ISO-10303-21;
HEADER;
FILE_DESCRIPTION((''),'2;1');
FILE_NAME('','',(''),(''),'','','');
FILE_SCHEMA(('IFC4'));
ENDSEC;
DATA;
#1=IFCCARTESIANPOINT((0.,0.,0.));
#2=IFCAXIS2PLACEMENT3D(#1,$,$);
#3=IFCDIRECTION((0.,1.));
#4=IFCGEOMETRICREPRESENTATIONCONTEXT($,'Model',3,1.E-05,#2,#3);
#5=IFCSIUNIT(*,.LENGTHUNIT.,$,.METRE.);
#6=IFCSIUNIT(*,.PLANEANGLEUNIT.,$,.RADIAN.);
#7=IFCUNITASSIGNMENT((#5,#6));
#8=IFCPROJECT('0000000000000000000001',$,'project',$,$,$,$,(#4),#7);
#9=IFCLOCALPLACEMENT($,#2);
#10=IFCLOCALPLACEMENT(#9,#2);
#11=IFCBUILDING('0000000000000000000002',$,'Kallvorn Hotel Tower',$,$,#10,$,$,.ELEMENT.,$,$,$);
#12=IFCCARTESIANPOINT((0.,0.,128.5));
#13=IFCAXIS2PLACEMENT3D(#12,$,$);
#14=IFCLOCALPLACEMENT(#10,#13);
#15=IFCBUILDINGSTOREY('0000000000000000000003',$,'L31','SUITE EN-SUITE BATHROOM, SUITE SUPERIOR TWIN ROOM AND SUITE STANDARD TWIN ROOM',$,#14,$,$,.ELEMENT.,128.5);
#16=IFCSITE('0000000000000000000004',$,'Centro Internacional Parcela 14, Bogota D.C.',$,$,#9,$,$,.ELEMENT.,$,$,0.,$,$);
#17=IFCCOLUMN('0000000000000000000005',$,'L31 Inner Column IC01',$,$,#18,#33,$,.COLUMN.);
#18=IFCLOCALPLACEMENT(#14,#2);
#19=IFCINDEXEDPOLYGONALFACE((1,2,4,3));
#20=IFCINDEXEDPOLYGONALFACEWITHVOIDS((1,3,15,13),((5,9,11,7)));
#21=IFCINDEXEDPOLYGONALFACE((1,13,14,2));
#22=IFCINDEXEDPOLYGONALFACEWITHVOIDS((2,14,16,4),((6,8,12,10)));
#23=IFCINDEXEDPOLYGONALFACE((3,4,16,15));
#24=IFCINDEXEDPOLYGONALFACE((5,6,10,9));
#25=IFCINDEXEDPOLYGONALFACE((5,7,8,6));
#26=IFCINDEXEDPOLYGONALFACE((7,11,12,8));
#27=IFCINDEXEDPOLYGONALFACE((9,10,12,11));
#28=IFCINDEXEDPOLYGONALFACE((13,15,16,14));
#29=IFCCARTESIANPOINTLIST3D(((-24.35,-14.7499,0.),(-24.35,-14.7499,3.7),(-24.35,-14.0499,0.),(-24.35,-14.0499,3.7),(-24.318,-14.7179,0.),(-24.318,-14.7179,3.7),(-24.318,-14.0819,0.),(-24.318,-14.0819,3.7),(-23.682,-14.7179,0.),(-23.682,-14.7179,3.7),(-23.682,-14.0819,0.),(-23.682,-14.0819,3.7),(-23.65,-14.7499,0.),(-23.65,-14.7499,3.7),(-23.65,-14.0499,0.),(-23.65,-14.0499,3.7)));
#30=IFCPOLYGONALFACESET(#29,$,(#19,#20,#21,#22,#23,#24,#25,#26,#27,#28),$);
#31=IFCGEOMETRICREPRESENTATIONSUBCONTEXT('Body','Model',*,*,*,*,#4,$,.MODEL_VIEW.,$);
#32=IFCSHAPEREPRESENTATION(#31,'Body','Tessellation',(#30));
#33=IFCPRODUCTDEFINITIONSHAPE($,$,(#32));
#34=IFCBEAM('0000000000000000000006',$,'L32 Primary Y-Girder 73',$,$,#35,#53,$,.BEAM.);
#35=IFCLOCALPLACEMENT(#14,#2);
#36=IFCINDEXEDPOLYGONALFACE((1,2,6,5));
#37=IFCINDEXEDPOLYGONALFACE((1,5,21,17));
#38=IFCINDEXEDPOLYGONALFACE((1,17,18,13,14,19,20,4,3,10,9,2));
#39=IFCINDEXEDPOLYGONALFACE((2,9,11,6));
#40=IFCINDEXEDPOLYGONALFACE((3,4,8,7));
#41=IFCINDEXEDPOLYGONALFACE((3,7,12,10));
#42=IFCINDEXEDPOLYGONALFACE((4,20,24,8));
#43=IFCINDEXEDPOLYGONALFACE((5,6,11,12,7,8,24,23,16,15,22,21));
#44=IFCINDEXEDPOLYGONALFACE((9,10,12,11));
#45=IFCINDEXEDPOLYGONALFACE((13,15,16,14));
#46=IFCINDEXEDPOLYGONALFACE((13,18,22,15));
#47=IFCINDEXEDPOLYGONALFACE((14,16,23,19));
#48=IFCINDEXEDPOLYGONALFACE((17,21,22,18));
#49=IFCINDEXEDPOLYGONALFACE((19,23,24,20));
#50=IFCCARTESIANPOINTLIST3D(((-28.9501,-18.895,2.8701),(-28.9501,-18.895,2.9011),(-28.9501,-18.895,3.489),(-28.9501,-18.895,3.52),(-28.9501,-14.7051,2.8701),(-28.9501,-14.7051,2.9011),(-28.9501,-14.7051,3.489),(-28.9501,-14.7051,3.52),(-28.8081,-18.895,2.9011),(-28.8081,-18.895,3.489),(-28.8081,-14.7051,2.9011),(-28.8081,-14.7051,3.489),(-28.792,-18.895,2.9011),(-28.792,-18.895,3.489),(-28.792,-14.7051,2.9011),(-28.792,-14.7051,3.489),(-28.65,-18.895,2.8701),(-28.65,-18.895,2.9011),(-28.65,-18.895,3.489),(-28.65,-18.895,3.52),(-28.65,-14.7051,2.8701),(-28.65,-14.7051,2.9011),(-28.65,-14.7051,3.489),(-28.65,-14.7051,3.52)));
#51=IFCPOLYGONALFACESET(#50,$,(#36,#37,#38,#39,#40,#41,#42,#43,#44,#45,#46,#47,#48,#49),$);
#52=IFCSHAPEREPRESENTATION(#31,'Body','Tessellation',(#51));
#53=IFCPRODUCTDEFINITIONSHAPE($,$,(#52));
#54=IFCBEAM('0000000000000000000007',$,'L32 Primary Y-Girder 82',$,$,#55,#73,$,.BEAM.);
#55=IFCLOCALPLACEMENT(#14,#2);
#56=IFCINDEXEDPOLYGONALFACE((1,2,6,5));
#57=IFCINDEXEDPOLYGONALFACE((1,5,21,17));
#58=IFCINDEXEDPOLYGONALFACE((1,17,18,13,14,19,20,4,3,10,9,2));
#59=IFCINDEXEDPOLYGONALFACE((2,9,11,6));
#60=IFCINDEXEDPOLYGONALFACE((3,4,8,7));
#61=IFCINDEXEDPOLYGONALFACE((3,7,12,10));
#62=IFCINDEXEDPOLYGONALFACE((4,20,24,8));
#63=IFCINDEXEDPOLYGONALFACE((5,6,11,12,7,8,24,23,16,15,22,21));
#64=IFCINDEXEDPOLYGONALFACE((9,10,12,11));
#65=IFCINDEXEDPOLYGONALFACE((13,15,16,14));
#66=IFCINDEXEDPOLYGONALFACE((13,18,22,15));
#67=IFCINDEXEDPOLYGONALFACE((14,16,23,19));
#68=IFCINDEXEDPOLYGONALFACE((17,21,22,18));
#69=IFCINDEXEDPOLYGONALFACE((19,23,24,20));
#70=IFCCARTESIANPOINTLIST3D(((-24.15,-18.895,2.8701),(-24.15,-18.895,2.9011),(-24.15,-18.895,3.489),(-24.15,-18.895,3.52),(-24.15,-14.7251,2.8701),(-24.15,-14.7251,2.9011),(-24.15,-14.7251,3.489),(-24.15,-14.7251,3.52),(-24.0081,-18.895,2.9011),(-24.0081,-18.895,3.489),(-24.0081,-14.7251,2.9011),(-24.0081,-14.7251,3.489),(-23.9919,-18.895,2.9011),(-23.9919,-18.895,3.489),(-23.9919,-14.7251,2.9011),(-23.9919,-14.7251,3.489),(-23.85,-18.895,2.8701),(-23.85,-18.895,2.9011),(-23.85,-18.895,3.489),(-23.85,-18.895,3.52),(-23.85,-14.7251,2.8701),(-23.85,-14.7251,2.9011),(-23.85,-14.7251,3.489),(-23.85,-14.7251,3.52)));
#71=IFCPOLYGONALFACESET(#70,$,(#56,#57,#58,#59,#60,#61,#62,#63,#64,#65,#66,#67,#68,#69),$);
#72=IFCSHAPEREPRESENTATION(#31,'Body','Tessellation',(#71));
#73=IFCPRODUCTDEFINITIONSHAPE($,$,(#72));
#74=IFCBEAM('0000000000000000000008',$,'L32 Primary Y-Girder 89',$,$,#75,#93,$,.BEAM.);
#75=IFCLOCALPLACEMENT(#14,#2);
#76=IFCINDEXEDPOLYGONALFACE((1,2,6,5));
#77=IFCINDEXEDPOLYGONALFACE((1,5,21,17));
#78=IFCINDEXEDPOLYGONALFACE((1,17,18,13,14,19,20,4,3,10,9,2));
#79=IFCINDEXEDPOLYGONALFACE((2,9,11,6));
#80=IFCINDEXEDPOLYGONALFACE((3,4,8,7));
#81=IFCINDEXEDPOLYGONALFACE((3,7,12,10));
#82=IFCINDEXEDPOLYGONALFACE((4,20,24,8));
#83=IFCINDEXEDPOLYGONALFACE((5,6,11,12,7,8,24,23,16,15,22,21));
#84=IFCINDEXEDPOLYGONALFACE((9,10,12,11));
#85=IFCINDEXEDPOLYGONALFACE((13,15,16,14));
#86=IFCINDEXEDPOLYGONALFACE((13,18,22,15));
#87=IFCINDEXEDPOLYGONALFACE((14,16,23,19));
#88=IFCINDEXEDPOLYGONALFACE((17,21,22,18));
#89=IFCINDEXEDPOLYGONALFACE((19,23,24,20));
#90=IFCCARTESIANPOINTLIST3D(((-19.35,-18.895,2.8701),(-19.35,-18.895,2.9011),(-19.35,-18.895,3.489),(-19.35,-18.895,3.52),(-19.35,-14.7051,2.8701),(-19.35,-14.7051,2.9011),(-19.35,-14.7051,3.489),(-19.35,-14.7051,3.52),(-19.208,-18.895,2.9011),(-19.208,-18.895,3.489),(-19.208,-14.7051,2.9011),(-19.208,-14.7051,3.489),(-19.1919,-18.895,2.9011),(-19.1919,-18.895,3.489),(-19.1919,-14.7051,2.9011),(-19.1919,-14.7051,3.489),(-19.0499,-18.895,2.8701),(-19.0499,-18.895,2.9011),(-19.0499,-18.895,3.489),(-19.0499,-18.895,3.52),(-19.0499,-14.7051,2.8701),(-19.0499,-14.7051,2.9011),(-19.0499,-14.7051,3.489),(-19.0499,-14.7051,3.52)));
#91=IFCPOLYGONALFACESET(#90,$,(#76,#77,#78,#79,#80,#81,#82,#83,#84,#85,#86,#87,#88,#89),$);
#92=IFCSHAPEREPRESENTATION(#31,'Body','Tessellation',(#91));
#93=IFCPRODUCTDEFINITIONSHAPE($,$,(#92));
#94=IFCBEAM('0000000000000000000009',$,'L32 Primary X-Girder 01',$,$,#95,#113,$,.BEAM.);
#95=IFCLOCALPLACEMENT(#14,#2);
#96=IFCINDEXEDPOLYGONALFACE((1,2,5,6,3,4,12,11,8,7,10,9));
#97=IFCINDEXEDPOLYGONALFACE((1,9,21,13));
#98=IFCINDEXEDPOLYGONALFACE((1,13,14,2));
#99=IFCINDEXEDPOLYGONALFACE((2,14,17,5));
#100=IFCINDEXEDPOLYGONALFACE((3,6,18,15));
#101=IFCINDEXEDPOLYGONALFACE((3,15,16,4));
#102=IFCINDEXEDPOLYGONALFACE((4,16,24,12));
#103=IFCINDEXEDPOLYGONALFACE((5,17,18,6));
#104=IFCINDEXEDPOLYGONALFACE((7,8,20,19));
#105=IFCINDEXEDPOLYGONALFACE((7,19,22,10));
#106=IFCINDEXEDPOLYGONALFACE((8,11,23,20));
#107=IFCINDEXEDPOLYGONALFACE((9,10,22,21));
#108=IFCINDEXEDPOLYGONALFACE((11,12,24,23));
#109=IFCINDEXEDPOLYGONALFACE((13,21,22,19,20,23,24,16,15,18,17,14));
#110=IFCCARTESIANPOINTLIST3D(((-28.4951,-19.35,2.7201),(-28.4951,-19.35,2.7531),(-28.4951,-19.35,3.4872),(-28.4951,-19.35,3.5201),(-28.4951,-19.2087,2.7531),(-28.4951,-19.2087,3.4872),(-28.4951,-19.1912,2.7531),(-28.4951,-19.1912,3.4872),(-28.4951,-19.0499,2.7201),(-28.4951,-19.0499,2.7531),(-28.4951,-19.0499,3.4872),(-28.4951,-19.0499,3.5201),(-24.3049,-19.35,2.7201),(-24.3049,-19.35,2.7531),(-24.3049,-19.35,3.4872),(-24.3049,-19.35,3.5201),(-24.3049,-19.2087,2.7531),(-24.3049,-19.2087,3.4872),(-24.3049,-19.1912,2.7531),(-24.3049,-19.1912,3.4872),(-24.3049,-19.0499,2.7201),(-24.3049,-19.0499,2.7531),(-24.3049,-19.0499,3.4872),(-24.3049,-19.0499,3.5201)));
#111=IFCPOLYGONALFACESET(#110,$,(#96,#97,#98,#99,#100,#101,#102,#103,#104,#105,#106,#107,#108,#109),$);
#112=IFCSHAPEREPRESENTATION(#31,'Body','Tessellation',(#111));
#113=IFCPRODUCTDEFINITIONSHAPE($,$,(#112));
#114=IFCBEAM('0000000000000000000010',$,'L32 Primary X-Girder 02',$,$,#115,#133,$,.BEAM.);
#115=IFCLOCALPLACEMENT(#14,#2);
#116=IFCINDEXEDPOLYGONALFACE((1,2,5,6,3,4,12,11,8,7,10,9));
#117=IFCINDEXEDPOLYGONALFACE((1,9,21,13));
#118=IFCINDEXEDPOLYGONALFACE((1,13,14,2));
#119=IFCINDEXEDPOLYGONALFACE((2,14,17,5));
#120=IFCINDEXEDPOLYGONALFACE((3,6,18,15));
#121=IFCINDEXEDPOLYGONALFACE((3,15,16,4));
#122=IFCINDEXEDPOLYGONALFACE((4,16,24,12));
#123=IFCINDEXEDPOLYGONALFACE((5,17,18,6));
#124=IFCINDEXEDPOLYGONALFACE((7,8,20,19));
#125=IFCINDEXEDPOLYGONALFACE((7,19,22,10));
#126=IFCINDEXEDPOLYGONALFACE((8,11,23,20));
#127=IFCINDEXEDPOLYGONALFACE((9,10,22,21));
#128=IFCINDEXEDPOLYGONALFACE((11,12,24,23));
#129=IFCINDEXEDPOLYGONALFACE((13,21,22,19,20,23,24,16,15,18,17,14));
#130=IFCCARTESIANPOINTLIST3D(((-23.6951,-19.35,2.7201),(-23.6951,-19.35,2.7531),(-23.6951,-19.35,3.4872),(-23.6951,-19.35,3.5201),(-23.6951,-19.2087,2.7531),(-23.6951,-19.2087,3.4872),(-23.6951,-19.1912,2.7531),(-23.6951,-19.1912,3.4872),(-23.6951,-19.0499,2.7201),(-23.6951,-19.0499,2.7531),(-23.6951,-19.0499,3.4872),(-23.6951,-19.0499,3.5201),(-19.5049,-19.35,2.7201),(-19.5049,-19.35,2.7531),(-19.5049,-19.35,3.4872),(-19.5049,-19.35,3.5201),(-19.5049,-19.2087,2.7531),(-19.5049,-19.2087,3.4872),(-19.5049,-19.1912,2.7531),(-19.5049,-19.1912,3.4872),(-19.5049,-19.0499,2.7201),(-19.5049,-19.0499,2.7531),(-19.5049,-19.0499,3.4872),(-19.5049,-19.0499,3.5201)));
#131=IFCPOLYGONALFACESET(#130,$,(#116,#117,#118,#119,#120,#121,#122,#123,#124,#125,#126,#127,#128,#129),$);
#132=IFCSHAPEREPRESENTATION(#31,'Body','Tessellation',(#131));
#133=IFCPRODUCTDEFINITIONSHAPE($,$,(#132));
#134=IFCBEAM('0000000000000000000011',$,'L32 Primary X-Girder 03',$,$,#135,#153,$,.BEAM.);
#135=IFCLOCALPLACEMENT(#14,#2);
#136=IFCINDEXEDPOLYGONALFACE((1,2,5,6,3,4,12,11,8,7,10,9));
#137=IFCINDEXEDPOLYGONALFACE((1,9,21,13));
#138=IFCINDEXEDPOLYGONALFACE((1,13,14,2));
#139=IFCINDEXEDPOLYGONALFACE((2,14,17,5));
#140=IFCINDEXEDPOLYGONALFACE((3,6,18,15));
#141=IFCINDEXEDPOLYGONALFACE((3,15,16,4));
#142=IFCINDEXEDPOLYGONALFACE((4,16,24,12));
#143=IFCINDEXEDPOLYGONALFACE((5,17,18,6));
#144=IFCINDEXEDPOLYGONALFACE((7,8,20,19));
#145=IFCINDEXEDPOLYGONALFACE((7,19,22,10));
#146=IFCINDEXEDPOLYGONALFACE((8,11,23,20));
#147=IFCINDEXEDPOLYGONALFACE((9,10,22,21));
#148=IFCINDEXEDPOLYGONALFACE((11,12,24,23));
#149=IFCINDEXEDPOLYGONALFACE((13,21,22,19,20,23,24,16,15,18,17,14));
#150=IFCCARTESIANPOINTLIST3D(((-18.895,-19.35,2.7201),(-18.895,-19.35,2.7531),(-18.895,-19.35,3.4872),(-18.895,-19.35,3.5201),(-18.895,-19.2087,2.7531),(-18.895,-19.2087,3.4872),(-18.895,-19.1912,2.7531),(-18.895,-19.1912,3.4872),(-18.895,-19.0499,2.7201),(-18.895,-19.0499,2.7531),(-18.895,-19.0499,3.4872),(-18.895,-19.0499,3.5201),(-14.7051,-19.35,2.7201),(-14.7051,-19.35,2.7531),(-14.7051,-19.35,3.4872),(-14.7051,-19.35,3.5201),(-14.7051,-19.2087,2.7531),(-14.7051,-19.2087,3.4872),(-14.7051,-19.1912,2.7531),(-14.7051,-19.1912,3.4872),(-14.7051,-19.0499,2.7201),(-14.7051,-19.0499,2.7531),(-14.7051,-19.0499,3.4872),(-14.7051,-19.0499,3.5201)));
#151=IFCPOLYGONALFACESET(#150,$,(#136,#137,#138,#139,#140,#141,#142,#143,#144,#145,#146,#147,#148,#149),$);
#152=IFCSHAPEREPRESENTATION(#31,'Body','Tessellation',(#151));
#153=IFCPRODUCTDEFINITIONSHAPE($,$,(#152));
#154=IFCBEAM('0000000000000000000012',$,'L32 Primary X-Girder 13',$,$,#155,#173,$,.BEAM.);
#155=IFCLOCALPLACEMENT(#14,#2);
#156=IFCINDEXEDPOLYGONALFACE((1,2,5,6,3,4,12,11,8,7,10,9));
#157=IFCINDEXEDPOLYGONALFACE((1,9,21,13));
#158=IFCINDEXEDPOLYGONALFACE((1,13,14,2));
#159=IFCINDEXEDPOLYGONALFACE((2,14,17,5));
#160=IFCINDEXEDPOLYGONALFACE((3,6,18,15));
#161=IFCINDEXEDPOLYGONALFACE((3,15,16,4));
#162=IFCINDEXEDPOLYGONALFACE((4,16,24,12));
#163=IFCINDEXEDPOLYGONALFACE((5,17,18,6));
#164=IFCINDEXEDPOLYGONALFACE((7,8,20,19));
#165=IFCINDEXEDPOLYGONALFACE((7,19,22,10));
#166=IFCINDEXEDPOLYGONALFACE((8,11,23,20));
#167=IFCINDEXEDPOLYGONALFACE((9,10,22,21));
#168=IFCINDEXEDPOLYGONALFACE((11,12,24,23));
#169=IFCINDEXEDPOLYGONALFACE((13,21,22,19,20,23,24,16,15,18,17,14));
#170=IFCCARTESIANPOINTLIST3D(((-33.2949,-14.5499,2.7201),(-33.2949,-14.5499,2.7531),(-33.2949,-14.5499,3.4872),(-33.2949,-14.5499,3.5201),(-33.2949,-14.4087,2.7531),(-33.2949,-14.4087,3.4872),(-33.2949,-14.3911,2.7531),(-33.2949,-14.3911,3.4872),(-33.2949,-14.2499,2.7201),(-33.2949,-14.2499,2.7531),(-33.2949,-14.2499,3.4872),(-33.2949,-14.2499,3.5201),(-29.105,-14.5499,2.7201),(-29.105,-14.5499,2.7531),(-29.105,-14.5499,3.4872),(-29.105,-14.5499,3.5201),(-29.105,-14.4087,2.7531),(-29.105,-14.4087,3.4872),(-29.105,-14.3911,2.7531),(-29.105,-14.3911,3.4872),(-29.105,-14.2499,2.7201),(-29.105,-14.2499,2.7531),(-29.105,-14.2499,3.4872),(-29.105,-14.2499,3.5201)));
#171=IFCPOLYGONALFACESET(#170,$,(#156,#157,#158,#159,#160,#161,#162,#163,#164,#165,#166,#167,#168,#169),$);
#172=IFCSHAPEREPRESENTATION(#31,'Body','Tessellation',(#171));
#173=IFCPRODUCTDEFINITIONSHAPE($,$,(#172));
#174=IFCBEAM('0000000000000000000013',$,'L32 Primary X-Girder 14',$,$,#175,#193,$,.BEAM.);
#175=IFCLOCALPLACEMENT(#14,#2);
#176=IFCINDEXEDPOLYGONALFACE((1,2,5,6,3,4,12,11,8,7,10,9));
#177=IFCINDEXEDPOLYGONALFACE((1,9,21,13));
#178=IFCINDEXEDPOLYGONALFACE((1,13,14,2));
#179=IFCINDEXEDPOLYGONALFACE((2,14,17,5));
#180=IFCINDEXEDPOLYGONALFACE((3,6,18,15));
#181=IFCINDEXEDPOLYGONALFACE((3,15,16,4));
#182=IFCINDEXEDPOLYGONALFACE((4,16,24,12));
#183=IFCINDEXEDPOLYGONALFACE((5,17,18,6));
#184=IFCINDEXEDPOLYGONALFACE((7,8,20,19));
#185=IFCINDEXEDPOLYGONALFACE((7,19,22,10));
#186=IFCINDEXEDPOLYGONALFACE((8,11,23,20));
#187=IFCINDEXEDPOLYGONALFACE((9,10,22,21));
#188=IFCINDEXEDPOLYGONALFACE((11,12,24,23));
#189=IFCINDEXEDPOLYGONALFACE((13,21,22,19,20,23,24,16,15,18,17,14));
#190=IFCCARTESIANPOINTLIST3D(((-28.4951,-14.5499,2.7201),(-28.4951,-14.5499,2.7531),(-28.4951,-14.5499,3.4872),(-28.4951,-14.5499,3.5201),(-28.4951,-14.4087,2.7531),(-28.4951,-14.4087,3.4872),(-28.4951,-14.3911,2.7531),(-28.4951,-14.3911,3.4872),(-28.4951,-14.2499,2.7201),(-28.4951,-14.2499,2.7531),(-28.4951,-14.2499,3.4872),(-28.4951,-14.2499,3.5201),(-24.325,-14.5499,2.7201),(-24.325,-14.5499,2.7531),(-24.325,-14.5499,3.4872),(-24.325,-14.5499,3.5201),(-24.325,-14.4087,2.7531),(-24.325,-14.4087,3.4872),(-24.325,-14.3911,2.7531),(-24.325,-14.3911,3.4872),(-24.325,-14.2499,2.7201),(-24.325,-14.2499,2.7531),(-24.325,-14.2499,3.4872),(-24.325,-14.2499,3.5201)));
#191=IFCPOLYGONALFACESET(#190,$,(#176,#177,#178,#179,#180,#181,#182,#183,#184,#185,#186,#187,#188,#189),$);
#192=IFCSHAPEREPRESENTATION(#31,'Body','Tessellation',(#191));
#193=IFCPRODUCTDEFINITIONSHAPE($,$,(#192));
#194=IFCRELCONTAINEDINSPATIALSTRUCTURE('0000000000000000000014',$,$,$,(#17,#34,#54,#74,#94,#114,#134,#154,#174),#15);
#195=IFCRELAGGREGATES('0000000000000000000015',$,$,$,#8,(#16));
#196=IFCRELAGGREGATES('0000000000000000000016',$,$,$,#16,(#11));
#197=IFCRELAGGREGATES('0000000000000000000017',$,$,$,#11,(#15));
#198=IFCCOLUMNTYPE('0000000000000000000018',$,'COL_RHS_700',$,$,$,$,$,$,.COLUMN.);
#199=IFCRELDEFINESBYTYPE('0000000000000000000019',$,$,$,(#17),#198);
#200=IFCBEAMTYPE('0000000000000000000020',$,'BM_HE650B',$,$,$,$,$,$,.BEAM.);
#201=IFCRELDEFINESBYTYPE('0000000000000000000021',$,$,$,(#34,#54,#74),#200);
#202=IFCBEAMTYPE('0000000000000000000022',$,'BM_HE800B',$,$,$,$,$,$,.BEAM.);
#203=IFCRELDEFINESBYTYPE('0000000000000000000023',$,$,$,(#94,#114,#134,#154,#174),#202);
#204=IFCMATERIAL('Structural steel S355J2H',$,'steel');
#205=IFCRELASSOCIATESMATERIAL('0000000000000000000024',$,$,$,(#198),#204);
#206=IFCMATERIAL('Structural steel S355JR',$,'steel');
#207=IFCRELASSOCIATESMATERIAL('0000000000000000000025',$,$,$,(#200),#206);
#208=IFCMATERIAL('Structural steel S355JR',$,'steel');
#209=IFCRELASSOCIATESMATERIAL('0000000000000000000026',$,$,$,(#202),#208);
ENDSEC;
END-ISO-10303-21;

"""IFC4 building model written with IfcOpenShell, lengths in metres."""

from ifc_helpers import new_model, si_unit, direction, frame, origin, origin_2d, place, context, subcontext, project, spatial, hollow_rectangle, i_section, extrude, material, material_profile, profile_set, type_object, element, save


model = new_model("IFC4")

# Units and contexts
model_context = context("Model", 3, precision=1e-05, world=origin(), true_north=direction((0.0, 1.0)))
body_context = subcontext(model_context, "Body", "Model", "MODEL_VIEW")
ifc_project = project(units=[si_unit("LENGTHUNIT", "METRE"), si_unit("PLANEANGLEUNIT", "RADIAN")], contexts=[model_context])

# Site, building, storey
site_placement = place(None, origin())
site = spatial("IfcSite", under=ifc_project, at=site_placement, Name="Centro Internacional Parcela 14, Bogota D.C.", CompositionType="ELEMENT", RefElevation=0.0)
building_placement = place(site_placement, origin())
building = spatial("IfcBuilding", under=site, at=building_placement, Name="Kallvorn Hotel Tower", CompositionType="ELEMENT")
storey_placement = place(building_placement, frame((0.0, 0.0, 128.5)))
storey = spatial("IfcBuildingStorey", under=building, at=storey_placement, Name="L31", Description="SUITE EN-SUITE BATHROOM, SUITE SUPERIOR TWIN ROOM AND SUITE STANDARD TWIN ROOM", CompositionType="ELEMENT", Elevation=128.5)

# Column
ifc_material_1 = material(Name="Structural steel S355J2H", Category="steel")
ifc_material_profile_1 = material_profile(ifc_material_1, hollow_rectangle(XDim=0.7, YDim=0.7, WallThickness=0.032, at=origin_2d()), Name="RHS 700x700x32")
ifc_profile_set_1 = profile_set([ifc_material_profile_1], Name="Structural steel S355J2H")
column_type_1 = type_object("IfcColumnType", Name="COL_RHS_700", PredefinedType="COLUMN", material=ifc_profile_set_1)
column_placement = place(storey_placement, frame((-24.0, -14.3999, 0.0), z_axis=(0.0, 0.0, 1.0), x_axis=(1.0, 0.0, 0.0)))
element("IfcColumn", 1, at=column_placement, inside=storey, type_object=column_type_1, Name="L31 Inner Column IC01", PredefinedType="COLUMN", context=body_context, shape_type="SweptSolid", body=[
    extrude(hollow_rectangle(XDim=0.7, YDim=0.7, WallThickness=0.032, at=origin_2d()), origin(), (0.0, 0.0, 1.0), 3.7),
])

# Beams
ifc_material_2 = material(Name="Structural steel S355JR", Category="steel")
ifc_material_profile_2 = material_profile(ifc_material_2, i_section(OverallWidth=0.3, OverallDepth=0.6499, WebThickness=0.0161, FlangeThickness=0.031, at=origin_2d()), Name="HE 650 B")
ifc_profile_set_2 = profile_set([ifc_material_profile_2], Name="Structural steel S355JR")
beam_type_1 = type_object("IfcBeamType", Name="BM_HE650B", PredefinedType="BEAM", material=ifc_profile_set_2)
beam_1_placement = place(storey_placement, frame((-28.8, -18.895, 3.1951), z_axis=(0.0, 1.0, 0.0), x_axis=(-1.0, 0.0, 0.0)))
element("IfcBeam", 2, at=beam_1_placement, inside=storey, type_object=beam_type_1, Name="L32 Primary Y-Girder 73", PredefinedType="BEAM", context=body_context, shape_type="SweptSolid", body=[
    extrude(i_section(OverallWidth=0.3, OverallDepth=0.6499, WebThickness=0.0161, FlangeThickness=0.031, at=origin_2d()), origin(), (0.0, 0.0, 1.0), 4.1899),
])
beam_2_placement = place(storey_placement, frame((-24.0, -18.895, 3.1951), z_axis=(0.0, 1.0, 0.0), x_axis=(-1.0, 0.0, 0.0)))
element("IfcBeam", 3, at=beam_2_placement, inside=storey, type_object=beam_type_1, Name="L32 Primary Y-Girder 82", PredefinedType="BEAM", context=body_context, shape_type="SweptSolid", body=[
    extrude(i_section(OverallWidth=0.3, OverallDepth=0.6499, WebThickness=0.0161, FlangeThickness=0.031, at=origin_2d()), origin(), (0.0, 0.0, 1.0), 4.1699),
])
beam_3_placement = place(storey_placement, frame((-19.2, -18.895, 3.1951), z_axis=(0.0, 1.0, 0.0), x_axis=(-1.0, 0.0, 0.0)))
element("IfcBeam", 4, at=beam_3_placement, inside=storey, type_object=beam_type_1, Name="L32 Primary Y-Girder 89", PredefinedType="BEAM", context=body_context, shape_type="SweptSolid", body=[
    extrude(i_section(OverallWidth=0.3, OverallDepth=0.6499, WebThickness=0.0161, FlangeThickness=0.031, at=origin_2d()), origin(), (0.0, 0.0, 1.0), 4.1899),
])
ifc_material_3 = material(Name="Structural steel S355JR", Category="steel")
ifc_material_profile_3 = material_profile(ifc_material_3, i_section(OverallWidth=0.3, OverallDepth=0.8, WebThickness=0.0176, FlangeThickness=0.033, at=origin_2d()), Name="HE 800 B")
ifc_profile_set_3 = profile_set([ifc_material_profile_3], Name="Structural steel S355JR")
beam_type_2 = type_object("IfcBeamType", Name="BM_HE800B", PredefinedType="BEAM", material=ifc_profile_set_3)
for number, where, z_axis, x_axis, name in (
    (5, (-28.4951, -19.2, 3.1201), (1.0, 0.0, 0.0), (0.0, 1.0, 0.0), "L32 Primary X-Girder 01"),
    (6, (-23.6951, -19.2, 3.1201), (1.0, 0.0, 0.0), (0.0, 1.0, 0.0), "L32 Primary X-Girder 02"),
):
    element("IfcBeam", number, at=place(storey_placement, frame(where, z_axis=z_axis, x_axis=x_axis)), inside=storey, type_object=beam_type_2, Name=name, PredefinedType="BEAM", context=body_context, shape_type="SweptSolid", body=[
        extrude(i_section(OverallWidth=0.3, OverallDepth=0.8, WebThickness=0.0176, FlangeThickness=0.033, at=origin_2d()), origin(), (0.0, 0.0, 1.0), 4.1902),
    ])
for number, where, z_axis, x_axis, name in (
    (7, (-18.895, -19.2, 3.1201), (1.0, 0.0, 0.0), (0.0, 1.0, 0.0), "L32 Primary X-Girder 03"),
    (8, (-33.2949, -14.3999, 3.1201), (1.0, 0.0, 0.0), (0.0, 1.0, 0.0), "L32 Primary X-Girder 13"),
):
    element("IfcBeam", number, at=place(storey_placement, frame(where, z_axis=z_axis, x_axis=x_axis)), inside=storey, type_object=beam_type_2, Name=name, PredefinedType="BEAM", context=body_context, shape_type="SweptSolid", body=[
        extrude(i_section(OverallWidth=0.3, OverallDepth=0.8, WebThickness=0.0176, FlangeThickness=0.033, at=origin_2d()), origin(), (0.0, 0.0, 1.0), 4.1899),
    ])
for number, where, z_axis, x_axis, name in (
    (9, (-28.4951, -14.3999, 3.1201), (1.0, 0.0, 0.0), (0.0, 1.0, 0.0), "L32 Primary X-Girder 14"),
):
    element("IfcBeam", number, at=place(storey_placement, frame(where, z_axis=z_axis, x_axis=x_axis)), inside=storey, type_object=beam_type_2, Name=name, PredefinedType="BEAM", context=body_context, shape_type="SweptSolid", body=[
        extrude(i_section(OverallWidth=0.3, OverallDepth=0.8, WebThickness=0.0176, FlangeThickness=0.033, at=origin_2d()), origin(), (0.0, 0.0, 1.0), 4.1702),
    ])

save(model, "model.ifc")
